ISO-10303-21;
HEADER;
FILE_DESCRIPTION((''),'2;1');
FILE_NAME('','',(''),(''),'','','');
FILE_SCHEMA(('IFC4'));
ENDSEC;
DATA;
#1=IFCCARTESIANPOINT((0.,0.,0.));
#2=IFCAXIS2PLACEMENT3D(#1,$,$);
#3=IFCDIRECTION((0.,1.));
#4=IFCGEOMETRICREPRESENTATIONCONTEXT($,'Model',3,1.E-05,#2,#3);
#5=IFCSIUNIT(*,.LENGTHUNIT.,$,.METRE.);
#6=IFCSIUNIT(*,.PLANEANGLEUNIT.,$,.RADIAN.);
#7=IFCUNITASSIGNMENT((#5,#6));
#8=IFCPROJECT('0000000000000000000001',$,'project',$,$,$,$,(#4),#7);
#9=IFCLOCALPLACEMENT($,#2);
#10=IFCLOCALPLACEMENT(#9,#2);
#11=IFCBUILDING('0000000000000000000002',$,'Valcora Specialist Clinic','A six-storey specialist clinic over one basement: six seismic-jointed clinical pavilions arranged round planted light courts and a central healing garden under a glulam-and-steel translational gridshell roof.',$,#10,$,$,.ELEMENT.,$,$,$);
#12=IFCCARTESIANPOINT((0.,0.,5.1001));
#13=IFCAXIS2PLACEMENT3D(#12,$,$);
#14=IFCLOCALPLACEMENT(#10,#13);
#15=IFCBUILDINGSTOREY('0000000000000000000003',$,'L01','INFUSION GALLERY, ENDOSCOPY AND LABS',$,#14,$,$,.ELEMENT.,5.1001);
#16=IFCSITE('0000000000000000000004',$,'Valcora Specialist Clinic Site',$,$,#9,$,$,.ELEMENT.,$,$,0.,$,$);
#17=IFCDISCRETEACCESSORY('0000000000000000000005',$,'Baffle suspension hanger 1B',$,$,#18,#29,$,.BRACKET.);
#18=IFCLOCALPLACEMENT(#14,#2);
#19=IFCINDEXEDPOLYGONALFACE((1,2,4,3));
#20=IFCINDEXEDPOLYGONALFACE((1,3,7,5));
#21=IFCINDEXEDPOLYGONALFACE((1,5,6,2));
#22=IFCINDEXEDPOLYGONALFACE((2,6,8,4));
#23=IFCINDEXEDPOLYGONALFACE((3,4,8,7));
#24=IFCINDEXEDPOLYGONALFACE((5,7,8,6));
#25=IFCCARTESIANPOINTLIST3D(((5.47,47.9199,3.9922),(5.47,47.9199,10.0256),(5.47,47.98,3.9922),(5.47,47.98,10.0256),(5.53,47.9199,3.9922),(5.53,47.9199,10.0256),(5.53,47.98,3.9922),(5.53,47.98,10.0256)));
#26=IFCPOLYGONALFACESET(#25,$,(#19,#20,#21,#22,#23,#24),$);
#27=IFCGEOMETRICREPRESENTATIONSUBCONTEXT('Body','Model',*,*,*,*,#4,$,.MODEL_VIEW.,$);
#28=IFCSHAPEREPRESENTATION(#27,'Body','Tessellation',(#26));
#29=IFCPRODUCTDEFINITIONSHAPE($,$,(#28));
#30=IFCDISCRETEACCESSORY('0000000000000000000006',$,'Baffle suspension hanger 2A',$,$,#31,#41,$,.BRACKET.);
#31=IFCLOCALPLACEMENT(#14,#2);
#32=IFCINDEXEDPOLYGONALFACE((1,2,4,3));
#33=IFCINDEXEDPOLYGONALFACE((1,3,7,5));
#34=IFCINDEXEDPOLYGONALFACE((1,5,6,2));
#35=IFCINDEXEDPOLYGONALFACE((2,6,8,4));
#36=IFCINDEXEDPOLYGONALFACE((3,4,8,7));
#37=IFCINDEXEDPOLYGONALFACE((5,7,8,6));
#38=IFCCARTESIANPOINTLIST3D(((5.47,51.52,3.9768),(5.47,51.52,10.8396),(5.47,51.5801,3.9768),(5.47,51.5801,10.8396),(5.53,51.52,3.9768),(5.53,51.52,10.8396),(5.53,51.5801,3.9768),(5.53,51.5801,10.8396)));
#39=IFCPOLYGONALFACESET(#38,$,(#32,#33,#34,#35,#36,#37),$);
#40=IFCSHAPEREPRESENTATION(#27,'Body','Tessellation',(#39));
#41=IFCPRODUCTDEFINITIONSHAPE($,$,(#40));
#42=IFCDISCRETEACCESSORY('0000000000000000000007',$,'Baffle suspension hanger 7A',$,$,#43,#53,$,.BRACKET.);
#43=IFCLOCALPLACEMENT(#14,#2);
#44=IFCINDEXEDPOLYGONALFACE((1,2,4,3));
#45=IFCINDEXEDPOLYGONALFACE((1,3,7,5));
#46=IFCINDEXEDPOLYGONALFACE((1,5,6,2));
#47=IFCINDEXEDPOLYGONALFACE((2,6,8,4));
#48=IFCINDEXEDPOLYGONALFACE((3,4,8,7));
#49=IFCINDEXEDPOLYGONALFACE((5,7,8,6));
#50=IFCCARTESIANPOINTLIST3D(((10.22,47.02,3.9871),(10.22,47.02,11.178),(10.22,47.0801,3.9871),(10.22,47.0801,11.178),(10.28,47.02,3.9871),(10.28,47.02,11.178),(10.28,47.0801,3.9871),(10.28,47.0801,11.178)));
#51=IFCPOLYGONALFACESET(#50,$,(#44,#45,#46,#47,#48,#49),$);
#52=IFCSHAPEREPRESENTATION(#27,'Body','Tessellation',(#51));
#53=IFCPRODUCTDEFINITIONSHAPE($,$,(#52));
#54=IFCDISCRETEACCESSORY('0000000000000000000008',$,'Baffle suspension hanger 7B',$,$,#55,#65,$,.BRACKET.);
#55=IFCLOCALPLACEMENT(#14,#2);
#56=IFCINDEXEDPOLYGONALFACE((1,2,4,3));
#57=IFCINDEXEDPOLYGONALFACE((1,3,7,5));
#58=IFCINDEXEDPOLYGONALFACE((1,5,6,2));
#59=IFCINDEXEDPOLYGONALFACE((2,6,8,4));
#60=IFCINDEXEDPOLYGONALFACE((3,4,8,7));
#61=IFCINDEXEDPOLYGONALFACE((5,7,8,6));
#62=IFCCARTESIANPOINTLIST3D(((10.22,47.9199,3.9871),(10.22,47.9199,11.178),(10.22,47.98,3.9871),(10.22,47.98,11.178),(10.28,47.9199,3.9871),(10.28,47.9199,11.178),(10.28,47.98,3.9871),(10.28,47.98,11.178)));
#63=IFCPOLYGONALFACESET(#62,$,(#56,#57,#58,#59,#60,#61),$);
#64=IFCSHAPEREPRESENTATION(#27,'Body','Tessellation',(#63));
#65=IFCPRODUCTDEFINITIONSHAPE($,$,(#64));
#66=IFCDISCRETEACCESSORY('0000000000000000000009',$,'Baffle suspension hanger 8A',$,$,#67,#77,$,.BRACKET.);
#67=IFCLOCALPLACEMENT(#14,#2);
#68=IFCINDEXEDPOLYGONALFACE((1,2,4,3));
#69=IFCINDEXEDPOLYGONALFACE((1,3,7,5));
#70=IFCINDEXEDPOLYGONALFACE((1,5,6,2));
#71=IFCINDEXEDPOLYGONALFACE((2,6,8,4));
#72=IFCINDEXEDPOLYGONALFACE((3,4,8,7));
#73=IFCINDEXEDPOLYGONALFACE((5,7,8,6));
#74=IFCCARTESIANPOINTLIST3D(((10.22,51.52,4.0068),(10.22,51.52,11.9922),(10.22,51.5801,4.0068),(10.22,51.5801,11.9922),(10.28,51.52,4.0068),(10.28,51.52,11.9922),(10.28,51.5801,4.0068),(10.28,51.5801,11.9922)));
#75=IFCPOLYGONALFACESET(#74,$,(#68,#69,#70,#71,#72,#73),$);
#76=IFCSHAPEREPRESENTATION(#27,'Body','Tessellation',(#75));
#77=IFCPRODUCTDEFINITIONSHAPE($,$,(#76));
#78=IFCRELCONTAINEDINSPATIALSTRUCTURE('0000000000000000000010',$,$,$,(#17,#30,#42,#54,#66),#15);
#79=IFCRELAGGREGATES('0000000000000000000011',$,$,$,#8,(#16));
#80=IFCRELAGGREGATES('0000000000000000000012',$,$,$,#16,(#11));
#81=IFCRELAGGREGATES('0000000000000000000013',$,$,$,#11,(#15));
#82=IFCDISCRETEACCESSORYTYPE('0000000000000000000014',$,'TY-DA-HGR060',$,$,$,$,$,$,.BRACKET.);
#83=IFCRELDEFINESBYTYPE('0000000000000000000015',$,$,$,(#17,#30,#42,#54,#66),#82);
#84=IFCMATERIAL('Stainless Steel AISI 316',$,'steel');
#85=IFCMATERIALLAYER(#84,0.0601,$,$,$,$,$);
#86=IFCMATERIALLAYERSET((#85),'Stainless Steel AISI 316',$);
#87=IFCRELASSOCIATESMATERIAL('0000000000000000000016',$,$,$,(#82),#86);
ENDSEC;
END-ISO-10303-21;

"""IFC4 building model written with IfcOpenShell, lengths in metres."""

from ifc_helpers import new_model, si_unit, direction, frame, origin, origin_2d, place, context, subcontext, project, spatial, rectangle, extrude, material, layer, layer_set, type_object, element, save


model = new_model("IFC4")

# Units and contexts
model_context = context("Model", 3, precision=1e-05, world=origin(), true_north=direction((0.0, 1.0)))
body_context = subcontext(model_context, "Body", "Model", "MODEL_VIEW")
ifc_project = project(units=[si_unit("LENGTHUNIT", "METRE"), si_unit("PLANEANGLEUNIT", "RADIAN")], contexts=[model_context])

# Site, building, storey
site_placement = place(None, origin())
site = spatial("IfcSite", under=ifc_project, at=site_placement, Name="Valcora Specialist Clinic Site", CompositionType="ELEMENT", RefElevation=0.0)
building_placement = place(site_placement, origin())
building = spatial("IfcBuilding", under=site, at=building_placement, Name="Valcora Specialist Clinic", Description="A six-storey specialist clinic over one basement: six seismic-jointed clinical pavilions arranged round planted light courts and a central healing garden under a glulam-and-steel translational gridshell roof.", CompositionType="ELEMENT")
storey_placement = place(building_placement, frame((0.0, 0.0, 5.1001)))
storey = spatial("IfcBuildingStorey", under=building, at=storey_placement, Name="L01", Description="INFUSION GALLERY, ENDOSCOPY AND LABS", CompositionType="ELEMENT", Elevation=5.1001)

# Shared definitions
ifc_material_1 = material(Name="Stainless Steel AISI 316", Category="steel")

# Discrete accessories
ifc_layer_1 = layer(ifc_material_1, 0.0601)
ifc_layer_set_1 = layer_set([ifc_layer_1], Name="Stainless Steel AISI 316")
discrete_accessory_type = type_object("IfcDiscreteAccessoryType", Name="TY-DA-HGR060", PredefinedType="BRACKET", material=ifc_layer_set_1)
for number, where, z_axis, x_axis, name in (
    (1, (5.5, 47.95, 3.9922), (0.0, 0.0, 1.0), (1.0, 0.0, 0.0), "Baffle suspension hanger 1B"),
):
    element("IfcDiscreteAccessory", number, at=place(storey_placement, frame(where, z_axis=z_axis, x_axis=x_axis)), inside=storey, type_object=discrete_accessory_type, Name=name, PredefinedType="BRACKET", context=body_context, shape_type="SweptSolid", body=[
        extrude(rectangle(XDim=0.0601, YDim=0.0601, at=origin_2d()), origin(), (0.0, 0.0, 1.0), 6.0334),
    ])
discrete_accessory_1_placement = place(storey_placement, frame((5.5, 51.55, 3.9768), z_axis=(0.0, 0.0, 1.0), x_axis=(1.0, 0.0, 0.0)))
element("IfcDiscreteAccessory", 2, at=discrete_accessory_1_placement, inside=storey, type_object=discrete_accessory_type, Name="Baffle suspension hanger 2A", PredefinedType="BRACKET", context=body_context, shape_type="SweptSolid", body=[
    extrude(rectangle(XDim=0.0601, YDim=0.0601, at=origin_2d()), origin(), (0.0, 0.0, 1.0), 6.8628),
])
for number, where, z_axis, x_axis, name in (
    (3, (10.25, 47.05, 3.9871), (0.0, 0.0, 1.0), (1.0, 0.0, 0.0), "Baffle suspension hanger 7A"),
    (4, (10.25, 47.95, 3.9871), (0.0, 0.0, 1.0), (1.0, 0.0, 0.0), "Baffle suspension hanger 7B"),
):
    element("IfcDiscreteAccessory", number, at=place(storey_placement, frame(where, z_axis=z_axis, x_axis=x_axis)), inside=storey, type_object=discrete_accessory_type, Name=name, PredefinedType="BRACKET", context=body_context, shape_type="SweptSolid", body=[
        extrude(rectangle(XDim=0.0601, YDim=0.0601, at=origin_2d()), origin(), (0.0, 0.0, 1.0), 7.1909),
    ])
discrete_accessory_2_placement = place(storey_placement, frame((10.25, 51.55, 4.0068), z_axis=(0.0, 0.0, 1.0), x_axis=(1.0, 0.0, 0.0)))
element("IfcDiscreteAccessory", 5, at=discrete_accessory_2_placement, inside=storey, type_object=discrete_accessory_type, Name="Baffle suspension hanger 8A", PredefinedType="BRACKET", context=body_context, shape_type="SweptSolid", body=[
    extrude(rectangle(XDim=0.0601, YDim=0.0601, at=origin_2d()), origin(), (0.0, 0.0, 1.0), 7.9854),
])

save(model, "model.ifc")
